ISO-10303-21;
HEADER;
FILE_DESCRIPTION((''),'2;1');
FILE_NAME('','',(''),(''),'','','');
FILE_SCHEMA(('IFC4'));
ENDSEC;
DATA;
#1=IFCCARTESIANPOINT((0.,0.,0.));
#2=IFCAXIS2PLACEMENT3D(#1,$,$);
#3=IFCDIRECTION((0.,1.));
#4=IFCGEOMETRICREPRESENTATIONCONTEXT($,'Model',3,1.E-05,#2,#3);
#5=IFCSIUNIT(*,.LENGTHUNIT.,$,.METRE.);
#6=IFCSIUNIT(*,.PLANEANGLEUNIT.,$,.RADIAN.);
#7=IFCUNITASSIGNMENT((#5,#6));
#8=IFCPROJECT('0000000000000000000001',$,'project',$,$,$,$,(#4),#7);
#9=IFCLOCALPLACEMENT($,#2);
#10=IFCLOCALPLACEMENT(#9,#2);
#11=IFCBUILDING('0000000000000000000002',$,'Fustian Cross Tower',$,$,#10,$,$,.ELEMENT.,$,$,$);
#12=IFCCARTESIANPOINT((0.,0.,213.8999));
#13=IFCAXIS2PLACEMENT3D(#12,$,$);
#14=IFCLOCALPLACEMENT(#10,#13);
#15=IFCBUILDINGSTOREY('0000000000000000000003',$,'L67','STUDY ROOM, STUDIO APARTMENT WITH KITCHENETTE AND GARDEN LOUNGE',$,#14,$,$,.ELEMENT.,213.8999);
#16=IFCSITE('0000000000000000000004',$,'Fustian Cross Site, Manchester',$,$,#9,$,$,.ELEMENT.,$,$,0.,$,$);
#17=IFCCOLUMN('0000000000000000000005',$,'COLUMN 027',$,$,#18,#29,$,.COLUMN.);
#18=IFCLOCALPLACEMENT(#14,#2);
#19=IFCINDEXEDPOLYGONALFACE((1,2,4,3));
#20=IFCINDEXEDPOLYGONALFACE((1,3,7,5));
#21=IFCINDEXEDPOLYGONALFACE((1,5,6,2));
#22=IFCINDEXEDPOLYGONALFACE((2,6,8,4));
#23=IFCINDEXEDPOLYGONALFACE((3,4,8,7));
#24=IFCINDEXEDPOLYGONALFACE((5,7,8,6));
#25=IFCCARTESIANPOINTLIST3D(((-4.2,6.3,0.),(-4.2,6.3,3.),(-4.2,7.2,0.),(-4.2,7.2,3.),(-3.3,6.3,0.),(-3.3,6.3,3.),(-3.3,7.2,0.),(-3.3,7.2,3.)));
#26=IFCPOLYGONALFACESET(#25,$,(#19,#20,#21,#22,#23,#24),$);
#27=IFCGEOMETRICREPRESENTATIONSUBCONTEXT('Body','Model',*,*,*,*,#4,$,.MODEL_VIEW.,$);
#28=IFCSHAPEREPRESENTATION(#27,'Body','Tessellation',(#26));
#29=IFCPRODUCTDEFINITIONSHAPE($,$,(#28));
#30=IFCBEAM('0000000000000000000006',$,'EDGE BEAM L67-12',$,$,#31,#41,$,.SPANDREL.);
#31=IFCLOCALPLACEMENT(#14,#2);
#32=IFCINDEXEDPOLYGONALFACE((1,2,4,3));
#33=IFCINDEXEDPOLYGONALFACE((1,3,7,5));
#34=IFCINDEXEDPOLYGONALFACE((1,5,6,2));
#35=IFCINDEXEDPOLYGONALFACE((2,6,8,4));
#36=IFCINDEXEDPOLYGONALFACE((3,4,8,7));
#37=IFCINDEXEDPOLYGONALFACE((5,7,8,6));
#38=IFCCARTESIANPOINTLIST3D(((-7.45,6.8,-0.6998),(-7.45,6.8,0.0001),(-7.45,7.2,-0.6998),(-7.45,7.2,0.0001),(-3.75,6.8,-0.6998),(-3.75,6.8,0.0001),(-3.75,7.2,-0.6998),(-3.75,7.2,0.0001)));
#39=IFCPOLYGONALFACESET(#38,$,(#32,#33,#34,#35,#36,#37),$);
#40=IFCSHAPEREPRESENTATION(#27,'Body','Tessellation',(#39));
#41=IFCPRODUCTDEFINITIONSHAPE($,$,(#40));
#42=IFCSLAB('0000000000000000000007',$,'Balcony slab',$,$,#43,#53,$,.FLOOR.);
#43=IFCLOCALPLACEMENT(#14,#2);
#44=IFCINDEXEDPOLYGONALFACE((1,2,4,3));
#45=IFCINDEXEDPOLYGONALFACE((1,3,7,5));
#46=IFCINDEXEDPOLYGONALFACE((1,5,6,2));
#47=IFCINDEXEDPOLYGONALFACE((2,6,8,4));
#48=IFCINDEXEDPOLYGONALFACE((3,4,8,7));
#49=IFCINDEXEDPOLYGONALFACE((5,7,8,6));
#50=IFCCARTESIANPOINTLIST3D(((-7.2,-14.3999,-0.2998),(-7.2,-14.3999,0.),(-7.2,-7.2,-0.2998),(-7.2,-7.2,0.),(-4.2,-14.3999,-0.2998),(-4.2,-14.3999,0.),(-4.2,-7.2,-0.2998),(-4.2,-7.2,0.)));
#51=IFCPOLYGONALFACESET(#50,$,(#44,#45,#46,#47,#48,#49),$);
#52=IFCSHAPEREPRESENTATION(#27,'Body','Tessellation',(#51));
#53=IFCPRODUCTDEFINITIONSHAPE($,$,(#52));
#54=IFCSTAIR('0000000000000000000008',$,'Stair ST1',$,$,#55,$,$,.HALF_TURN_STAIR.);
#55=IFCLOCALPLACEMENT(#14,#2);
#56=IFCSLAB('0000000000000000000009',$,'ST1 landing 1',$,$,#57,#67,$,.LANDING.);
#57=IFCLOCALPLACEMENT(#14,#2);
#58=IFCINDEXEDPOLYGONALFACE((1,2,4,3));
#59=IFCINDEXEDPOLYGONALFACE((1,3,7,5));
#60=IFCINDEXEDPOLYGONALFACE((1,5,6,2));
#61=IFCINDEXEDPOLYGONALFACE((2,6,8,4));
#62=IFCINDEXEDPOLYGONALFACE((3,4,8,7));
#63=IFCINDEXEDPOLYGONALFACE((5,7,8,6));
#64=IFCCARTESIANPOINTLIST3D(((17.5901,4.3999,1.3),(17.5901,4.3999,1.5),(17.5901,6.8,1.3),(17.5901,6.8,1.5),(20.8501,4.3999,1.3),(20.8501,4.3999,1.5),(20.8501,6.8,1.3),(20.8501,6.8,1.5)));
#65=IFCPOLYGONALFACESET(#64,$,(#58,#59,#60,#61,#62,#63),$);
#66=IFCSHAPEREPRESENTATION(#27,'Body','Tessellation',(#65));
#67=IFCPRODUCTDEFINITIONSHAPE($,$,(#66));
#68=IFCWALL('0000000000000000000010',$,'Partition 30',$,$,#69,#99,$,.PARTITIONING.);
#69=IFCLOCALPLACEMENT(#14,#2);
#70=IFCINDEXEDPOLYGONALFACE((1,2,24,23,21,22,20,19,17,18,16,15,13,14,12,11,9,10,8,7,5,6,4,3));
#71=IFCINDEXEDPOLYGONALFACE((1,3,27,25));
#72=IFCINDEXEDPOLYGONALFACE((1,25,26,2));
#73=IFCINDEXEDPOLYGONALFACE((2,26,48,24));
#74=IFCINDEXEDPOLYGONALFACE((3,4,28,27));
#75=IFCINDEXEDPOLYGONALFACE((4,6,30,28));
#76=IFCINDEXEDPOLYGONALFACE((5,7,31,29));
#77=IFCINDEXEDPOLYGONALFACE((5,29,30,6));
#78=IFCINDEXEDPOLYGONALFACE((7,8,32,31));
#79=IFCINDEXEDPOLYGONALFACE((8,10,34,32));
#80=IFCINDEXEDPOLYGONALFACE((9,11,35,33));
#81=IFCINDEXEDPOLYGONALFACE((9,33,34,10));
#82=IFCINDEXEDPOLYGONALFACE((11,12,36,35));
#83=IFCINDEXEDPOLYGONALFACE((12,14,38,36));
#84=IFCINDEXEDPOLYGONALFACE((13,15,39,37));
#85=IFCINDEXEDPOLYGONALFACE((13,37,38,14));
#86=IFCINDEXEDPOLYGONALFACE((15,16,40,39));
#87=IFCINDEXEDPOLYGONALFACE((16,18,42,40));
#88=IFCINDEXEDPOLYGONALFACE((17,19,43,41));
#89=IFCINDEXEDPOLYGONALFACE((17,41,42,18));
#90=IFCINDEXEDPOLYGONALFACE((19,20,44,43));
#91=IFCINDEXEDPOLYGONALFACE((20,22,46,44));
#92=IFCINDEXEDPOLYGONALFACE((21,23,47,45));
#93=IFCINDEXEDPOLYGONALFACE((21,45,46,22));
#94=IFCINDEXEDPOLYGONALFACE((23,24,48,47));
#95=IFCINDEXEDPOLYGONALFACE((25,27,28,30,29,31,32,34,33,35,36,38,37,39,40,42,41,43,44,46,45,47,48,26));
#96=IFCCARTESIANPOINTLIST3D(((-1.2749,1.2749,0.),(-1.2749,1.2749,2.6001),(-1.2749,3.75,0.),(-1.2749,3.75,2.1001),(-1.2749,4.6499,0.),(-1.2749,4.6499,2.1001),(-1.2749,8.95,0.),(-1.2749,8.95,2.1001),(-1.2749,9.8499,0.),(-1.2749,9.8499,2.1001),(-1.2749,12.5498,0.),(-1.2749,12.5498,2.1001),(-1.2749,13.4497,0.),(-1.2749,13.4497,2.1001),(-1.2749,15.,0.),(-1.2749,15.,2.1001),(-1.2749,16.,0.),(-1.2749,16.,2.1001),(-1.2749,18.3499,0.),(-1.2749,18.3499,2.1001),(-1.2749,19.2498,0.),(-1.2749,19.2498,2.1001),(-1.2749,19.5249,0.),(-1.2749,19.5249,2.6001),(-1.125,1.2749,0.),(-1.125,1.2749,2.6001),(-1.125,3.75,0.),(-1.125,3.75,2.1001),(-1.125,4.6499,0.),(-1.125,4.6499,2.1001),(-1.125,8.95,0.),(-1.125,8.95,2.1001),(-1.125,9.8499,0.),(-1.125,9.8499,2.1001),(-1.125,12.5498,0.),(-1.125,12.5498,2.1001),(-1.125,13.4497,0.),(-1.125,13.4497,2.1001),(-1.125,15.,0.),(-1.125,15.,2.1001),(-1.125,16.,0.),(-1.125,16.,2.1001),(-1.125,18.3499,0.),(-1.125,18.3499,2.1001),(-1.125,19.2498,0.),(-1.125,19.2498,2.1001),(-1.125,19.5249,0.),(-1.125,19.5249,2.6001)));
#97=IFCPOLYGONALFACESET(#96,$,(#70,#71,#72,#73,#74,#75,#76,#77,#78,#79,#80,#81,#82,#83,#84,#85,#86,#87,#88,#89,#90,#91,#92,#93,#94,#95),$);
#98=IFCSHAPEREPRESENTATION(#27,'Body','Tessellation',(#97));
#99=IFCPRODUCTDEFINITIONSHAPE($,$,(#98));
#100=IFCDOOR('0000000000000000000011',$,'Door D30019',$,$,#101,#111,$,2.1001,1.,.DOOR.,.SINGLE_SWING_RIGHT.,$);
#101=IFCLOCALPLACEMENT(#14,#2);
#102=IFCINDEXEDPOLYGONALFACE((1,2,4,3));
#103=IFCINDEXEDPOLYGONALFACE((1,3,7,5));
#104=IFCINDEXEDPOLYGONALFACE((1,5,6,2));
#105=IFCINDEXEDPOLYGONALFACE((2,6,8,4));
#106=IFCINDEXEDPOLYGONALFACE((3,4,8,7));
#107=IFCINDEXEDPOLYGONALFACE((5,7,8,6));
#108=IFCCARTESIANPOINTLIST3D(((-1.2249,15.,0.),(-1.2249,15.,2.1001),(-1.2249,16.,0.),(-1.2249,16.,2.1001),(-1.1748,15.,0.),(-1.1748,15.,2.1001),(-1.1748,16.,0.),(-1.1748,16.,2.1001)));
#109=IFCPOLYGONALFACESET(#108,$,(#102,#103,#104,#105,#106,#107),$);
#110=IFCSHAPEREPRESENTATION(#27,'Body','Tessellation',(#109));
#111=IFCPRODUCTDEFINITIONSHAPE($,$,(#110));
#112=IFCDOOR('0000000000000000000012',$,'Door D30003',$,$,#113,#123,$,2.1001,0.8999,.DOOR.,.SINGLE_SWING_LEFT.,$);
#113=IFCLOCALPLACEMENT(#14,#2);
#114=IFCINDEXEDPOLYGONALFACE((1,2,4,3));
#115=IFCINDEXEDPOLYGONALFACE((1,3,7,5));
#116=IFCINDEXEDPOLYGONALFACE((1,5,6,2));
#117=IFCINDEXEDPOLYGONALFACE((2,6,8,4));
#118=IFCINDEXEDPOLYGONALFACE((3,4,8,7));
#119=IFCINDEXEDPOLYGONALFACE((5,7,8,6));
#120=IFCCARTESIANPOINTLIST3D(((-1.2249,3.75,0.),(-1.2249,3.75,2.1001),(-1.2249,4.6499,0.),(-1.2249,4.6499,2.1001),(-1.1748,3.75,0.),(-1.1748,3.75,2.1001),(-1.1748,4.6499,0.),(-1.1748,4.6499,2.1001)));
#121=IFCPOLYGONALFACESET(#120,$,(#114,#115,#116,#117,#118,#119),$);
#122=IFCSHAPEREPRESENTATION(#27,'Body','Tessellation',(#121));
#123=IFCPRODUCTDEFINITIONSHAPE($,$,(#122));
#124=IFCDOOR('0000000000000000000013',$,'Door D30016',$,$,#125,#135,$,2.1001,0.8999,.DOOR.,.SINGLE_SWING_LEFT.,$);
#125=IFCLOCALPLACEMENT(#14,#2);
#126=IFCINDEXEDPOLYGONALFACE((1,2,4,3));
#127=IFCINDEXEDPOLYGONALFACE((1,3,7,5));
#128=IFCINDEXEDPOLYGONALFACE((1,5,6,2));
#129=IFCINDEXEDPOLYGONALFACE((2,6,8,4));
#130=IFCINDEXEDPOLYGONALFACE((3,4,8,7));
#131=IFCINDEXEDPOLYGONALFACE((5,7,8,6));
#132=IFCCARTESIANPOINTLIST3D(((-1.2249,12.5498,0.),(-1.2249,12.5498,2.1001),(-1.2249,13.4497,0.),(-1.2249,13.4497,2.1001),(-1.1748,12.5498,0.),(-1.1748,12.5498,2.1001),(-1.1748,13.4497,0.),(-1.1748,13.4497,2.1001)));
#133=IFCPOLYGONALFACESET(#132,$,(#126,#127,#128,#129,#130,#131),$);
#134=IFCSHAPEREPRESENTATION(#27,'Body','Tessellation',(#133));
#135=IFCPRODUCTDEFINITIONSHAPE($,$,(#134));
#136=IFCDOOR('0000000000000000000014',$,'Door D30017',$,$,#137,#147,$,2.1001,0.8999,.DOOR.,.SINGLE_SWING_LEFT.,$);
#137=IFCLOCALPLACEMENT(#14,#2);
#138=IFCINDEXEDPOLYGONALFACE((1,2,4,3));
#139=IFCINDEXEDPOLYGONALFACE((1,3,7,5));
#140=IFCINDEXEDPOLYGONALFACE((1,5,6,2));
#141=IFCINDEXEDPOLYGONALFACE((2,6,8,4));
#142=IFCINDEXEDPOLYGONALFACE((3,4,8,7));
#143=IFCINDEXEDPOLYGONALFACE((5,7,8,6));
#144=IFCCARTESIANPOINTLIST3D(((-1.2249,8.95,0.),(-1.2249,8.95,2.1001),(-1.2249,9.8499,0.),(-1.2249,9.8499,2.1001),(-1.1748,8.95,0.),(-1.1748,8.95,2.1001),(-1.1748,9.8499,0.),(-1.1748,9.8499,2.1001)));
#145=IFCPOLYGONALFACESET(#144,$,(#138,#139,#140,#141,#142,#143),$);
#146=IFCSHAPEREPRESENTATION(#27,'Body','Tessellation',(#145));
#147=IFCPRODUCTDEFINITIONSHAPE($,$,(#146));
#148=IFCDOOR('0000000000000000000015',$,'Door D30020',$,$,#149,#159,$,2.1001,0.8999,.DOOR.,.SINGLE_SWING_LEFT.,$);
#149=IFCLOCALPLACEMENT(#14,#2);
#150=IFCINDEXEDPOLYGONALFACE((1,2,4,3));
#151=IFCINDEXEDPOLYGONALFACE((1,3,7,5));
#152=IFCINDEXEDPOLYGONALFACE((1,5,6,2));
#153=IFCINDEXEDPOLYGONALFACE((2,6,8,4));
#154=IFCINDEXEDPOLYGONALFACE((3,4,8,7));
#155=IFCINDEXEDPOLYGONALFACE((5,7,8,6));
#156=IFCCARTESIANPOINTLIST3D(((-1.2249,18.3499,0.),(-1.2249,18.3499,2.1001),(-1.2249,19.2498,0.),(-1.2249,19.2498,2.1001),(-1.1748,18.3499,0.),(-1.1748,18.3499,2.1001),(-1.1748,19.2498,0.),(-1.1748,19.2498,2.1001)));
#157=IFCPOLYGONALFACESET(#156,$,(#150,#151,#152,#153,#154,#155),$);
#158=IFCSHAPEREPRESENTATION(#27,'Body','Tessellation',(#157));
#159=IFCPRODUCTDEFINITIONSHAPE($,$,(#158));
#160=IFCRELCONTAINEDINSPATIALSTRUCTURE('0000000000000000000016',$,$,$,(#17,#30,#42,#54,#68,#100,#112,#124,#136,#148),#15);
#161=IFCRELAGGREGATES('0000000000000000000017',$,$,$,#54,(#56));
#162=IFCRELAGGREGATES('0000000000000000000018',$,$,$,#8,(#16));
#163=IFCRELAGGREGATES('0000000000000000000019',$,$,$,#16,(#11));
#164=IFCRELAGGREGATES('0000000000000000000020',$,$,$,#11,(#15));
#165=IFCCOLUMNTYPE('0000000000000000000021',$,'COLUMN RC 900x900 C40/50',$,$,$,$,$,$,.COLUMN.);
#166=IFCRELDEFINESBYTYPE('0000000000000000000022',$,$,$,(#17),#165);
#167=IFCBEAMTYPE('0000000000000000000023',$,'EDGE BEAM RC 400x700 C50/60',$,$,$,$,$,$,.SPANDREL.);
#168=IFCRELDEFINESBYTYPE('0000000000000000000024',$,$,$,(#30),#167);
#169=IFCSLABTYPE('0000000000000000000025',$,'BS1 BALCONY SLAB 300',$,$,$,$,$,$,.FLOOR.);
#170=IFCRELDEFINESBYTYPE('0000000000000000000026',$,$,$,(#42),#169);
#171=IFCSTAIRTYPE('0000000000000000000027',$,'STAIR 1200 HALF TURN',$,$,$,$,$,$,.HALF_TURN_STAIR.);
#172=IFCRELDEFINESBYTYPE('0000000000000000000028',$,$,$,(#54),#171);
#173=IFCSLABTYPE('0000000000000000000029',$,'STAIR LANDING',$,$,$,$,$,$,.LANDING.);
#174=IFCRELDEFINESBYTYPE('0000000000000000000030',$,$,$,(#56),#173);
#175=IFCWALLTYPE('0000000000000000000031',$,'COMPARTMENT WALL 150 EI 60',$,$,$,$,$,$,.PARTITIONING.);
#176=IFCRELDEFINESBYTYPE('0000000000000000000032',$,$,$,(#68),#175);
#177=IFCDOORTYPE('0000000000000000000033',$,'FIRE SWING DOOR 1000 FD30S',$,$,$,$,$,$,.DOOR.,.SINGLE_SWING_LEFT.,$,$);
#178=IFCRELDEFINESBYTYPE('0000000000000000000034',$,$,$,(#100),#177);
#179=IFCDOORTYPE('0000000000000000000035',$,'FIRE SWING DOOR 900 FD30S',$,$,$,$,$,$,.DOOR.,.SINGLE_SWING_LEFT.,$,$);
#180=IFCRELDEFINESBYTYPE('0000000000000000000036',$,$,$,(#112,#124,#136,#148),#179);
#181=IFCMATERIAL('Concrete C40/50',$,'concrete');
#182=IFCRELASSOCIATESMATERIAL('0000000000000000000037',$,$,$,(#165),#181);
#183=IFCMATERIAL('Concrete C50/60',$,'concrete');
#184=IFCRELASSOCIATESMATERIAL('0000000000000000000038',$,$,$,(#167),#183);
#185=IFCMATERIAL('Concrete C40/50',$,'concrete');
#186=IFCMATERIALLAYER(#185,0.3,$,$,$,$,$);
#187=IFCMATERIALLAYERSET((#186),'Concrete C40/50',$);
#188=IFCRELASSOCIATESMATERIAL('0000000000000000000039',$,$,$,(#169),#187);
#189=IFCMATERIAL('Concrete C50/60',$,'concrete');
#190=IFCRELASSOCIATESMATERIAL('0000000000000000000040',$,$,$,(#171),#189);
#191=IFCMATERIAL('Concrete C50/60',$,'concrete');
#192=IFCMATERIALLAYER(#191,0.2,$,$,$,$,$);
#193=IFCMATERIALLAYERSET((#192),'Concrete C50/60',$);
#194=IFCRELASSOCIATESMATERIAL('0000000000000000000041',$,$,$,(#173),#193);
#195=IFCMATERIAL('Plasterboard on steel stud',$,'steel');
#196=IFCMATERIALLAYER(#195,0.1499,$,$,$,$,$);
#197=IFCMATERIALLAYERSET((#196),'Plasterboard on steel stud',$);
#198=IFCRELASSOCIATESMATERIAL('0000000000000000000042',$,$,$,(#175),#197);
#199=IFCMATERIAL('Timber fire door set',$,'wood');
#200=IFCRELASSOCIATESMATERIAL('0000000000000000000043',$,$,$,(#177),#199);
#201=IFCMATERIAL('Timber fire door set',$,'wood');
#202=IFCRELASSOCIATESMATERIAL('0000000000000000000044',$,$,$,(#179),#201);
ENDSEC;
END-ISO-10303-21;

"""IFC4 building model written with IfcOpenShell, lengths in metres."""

from ifc_helpers import new_model, si_unit, direction, frame, frame_2d, origin, origin_2d, place, context, subcontext, project, spatial, polyline, rectangle, outline, extrude, material, layer, layer_set, material_profile, profile_set, type_object, element, fill, aggregate, save


model = new_model("IFC4")

# Units and contexts
model_context = context("Model", 3, precision=1e-05, world=origin(), true_north=direction((0.0, 1.0)))
body_context = subcontext(model_context, "Body", "Model", "MODEL_VIEW")
ifc_project = project(units=[si_unit("LENGTHUNIT", "METRE"), si_unit("PLANEANGLEUNIT", "RADIAN")], contexts=[model_context])

# Site, building, storey
site_placement = place(None, origin())
site = spatial("IfcSite", under=ifc_project, at=site_placement, Name="Fustian Cross Site, Manchester", CompositionType="ELEMENT", RefElevation=0.0)
building_placement = place(site_placement, origin())
building = spatial("IfcBuilding", under=site, at=building_placement, Name="Fustian Cross Tower", CompositionType="ELEMENT")
storey_placement = place(building_placement, frame((0.0, 0.0, 213.8999)))
storey = spatial("IfcBuildingStorey", under=building, at=storey_placement, Name="L67", Description="STUDY ROOM, STUDIO APARTMENT WITH KITCHENETTE AND GARDEN LOUNGE", CompositionType="ELEMENT", Elevation=213.8999)

# Column
ifc_material_1 = material(Name="Concrete C40/50", Category="concrete")
ifc_material_profile_1 = material_profile(ifc_material_1, rectangle(XDim=0.8999, YDim=0.8999, at=origin_2d()), Name="RC 900x900")
ifc_profile_set_1 = profile_set([ifc_material_profile_1], Name="Concrete C40/50")
column_type = type_object("IfcColumnType", Name="COLUMN RC 900x900 C40/50", PredefinedType="COLUMN", material=ifc_profile_set_1)
column_placement = place(storey_placement, frame((-3.75, 6.75, 0.0), z_axis=(0.0, 0.0, 1.0), x_axis=(1.0, 0.0, 0.0)))
element("IfcColumn", 1, at=column_placement, inside=storey, type_object=column_type, Name="COLUMN 027", PredefinedType="COLUMN", context=body_context, shape_type="SweptSolid", body=[
    extrude(rectangle(XDim=0.8999, YDim=0.8999, at=origin_2d()), origin(), (0.0, 0.0, 1.0), 3.0),
])

# Beam
ifc_material_2 = material(Name="Concrete C50/60", Category="concrete")
ifc_material_profile_2 = material_profile(ifc_material_2, rectangle(XDim=0.3999, YDim=0.7, at=origin_2d()), Name="RC 400x700")
ifc_profile_set_2 = profile_set([ifc_material_profile_2], Name="Concrete C50/60")
beam_type = type_object("IfcBeamType", Name="EDGE BEAM RC 400x700 C50/60", PredefinedType="SPANDREL", material=ifc_profile_set_2)
beam_placement = place(storey_placement, frame((-3.75, 7.0, -0.3499), z_axis=(-1.0, 0.0, 0.0), x_axis=(0.0, -1.0, 0.0)))
element("IfcBeam", 2, at=beam_placement, inside=storey, type_object=beam_type, Name="EDGE BEAM L67-12", PredefinedType="SPANDREL", context=body_context, shape_type="SweptSolid", body=[
    extrude(rectangle(XDim=0.3999, YDim=0.7, at=origin_2d()), origin(), (0.0, 0.0, 1.0), 3.7),
])

# Slab
ifc_material_3 = material(Name="Concrete C40/50", Category="concrete")
ifc_layer_1 = layer(ifc_material_3, 0.3)
ifc_layer_set_1 = layer_set([ifc_layer_1], Name="Concrete C40/50")
slab_type_1 = type_object("IfcSlabType", Name="BS1 BALCONY SLAB 300", PredefinedType="FLOOR", material=ifc_layer_set_1)
slab_1_placement = place(storey_placement, frame((0.0, 0.0, -0.2998)))
element("IfcSlab", 3, at=slab_1_placement, inside=storey, type_object=slab_type_1, Name="Balcony slab", PredefinedType="FLOOR", context=body_context, shape_type="SweptSolid", body=[
    extrude(outline(polyline([(-7.2, -14.3999), (-4.2, -14.3999), (-4.2, -7.2), (-7.2, -7.2), (-7.2, -14.3999)])), origin(), (0.0, 0.0, 1.0), 0.2998),
])

# Stair, slab
ifc_material_4 = material(Name="Concrete C50/60", Category="concrete")
stair_type = type_object("IfcStairType", Name="STAIR 1200 HALF TURN", PredefinedType="HALF_TURN_STAIR", material=ifc_material_4)
stair_placement = place(storey_placement, origin())
stair = element("IfcStair", 4, at=stair_placement, inside=storey, type_object=stair_type, Name="Stair ST1", PredefinedType="HALF_TURN_STAIR")
ifc_material_5 = material(Name="Concrete C50/60", Category="concrete")
ifc_layer_2 = layer(ifc_material_5, 0.2)
ifc_layer_set_2 = layer_set([ifc_layer_2], Name="Concrete C50/60")
slab_type_2 = type_object("IfcSlabType", Name="STAIR LANDING", PredefinedType="LANDING", material=ifc_layer_set_2)
slab_2_placement = place(storey_placement, frame((0.0, 0.0, 1.3)))
slab_2 = element("IfcSlab", 5, at=slab_2_placement, type_object=slab_type_2, Name="ST1 landing 1", PredefinedType="LANDING", context=body_context, shape_type="SweptSolid", body=[
    extrude(outline(polyline([(17.5901, 4.3999), (20.8501, 4.3999), (20.8501, 6.8), (17.5901, 6.8), (17.5901, 4.3999)])), origin(), (0.0, 0.0, 1.0), 0.2),
])
aggregate(stair, [slab_2])

# Wall, openings, doors
ifc_material_6 = material(Name="Plasterboard on steel stud", Category="steel")
ifc_layer_3 = layer(ifc_material_6, 0.1499)
ifc_layer_set_3 = layer_set([ifc_layer_3], Name="Plasterboard on steel stud")
wall_type_1 = type_object("IfcWallType", Name="COMPARTMENT WALL 150 EI 60", PredefinedType="PARTITIONING", material=ifc_layer_set_3)
wall_1_placement = place(storey_placement, frame((-1.2, 1.2749, 0.0), z_axis=(0.0, 0.0, 1.0), x_axis=(0.0, 1.0, 0.0)))
wall_1 = element("IfcWall", 6, at=wall_1_placement, inside=storey, type_object=wall_type_1, Name="Partition 30", PredefinedType="PARTITIONING", context=body_context, shape_type="SweptSolid", body=[
    extrude(rectangle(XDim=18.25, YDim=0.1499, at=frame_2d((9.125, 0.0))), origin(), (0.0, 0.0, 1.0), 2.6001),
])
opening_1_placement = place(wall_1_placement, frame((2.4751, 0.0, 0.0)))
opening_1 = element("IfcOpeningElement", 7, at=opening_1_placement, cuts=wall_1, PredefinedType="OPENING", context=body_context, shape_type="SweptSolid", body=[
    extrude(rectangle(XDim=0.8999, YDim=2.1001, at=frame_2d((0.45, 1.05))), frame((0.0, 0.085, 0.0), z_axis=(0.0, -1.0, 0.0), x_axis=(1.0, 0.0, 0.0)), (0.0, 0.0, 1.0), 0.1699),
])
opening_2_placement = place(wall_1_placement, frame((11.2749, 0.0, 0.0)))
opening_2 = element("IfcOpeningElement", 8, at=opening_2_placement, cuts=wall_1, PredefinedType="OPENING", context=body_context, shape_type="SweptSolid", body=[
    extrude(rectangle(XDim=0.8999, YDim=2.1001, at=frame_2d((0.45, 1.05))), frame((0.0, 0.085, 0.0), z_axis=(0.0, -1.0, 0.0), x_axis=(1.0, 0.0, 0.0)), (0.0, 0.0, 1.0), 0.1699),
])
opening_3_placement = place(wall_1_placement, frame((7.675, 0.0, 0.0)))
opening_3 = element("IfcOpeningElement", 9, at=opening_3_placement, cuts=wall_1, PredefinedType="OPENING", context=body_context, shape_type="SweptSolid", body=[
    extrude(rectangle(XDim=0.8999, YDim=2.1001, at=frame_2d((0.45, 1.05))), frame((0.0, 0.085, 0.0), z_axis=(0.0, -1.0, 0.0), x_axis=(1.0, 0.0, 0.0)), (0.0, 0.0, 1.0), 0.1699),
])
opening_4_placement = place(wall_1_placement, frame((13.7251, 0.0, 0.0)))
opening_4 = element("IfcOpeningElement", 10, at=opening_4_placement, cuts=wall_1, PredefinedType="OPENING", context=body_context, shape_type="SweptSolid", body=[
    extrude(rectangle(XDim=1.0, YDim=2.1001, at=frame_2d((0.5, 1.05))), frame((0.0, 0.085, 0.0), z_axis=(0.0, -1.0, 0.0), x_axis=(1.0, 0.0, 0.0)), (0.0, 0.0, 1.0), 0.1699),
])
opening_5_placement = place(wall_1_placement, frame((17.075, 0.0, 0.0)))
opening_5 = element("IfcOpeningElement", 11, at=opening_5_placement, cuts=wall_1, PredefinedType="OPENING", context=body_context, shape_type="SweptSolid", body=[
    extrude(rectangle(XDim=0.8999, YDim=2.1001, at=frame_2d((0.45, 1.05))), frame((0.0, 0.085, 0.0), z_axis=(0.0, -1.0, 0.0), x_axis=(1.0, 0.0, 0.0)), (0.0, 0.0, 1.0), 0.1699),
])
ifc_material_7 = material(Name="Timber fire door set", Category="wood")
door_type_1 = type_object("IfcDoorType", Name="FIRE SWING DOOR 1000 FD30S", OperationType="SINGLE_SWING_LEFT", PredefinedType="DOOR", material=ifc_material_7)
door_1_placement = place(opening_4_placement, origin())
door_1 = element("IfcDoor", 12, at=door_1_placement, inside=storey, type_object=door_type_1, Name="Door D30019", OperationType="SINGLE_SWING_RIGHT", OverallHeight=2.1001, OverallWidth=1.0, PredefinedType="DOOR", context=body_context, shape_type="SweptSolid", body=[
    extrude(rectangle(XDim=1.0, YDim=2.1001, at=frame_2d((0.5, 1.05))), frame((0.0, 0.0249, 0.0), z_axis=(0.0, -1.0, 0.0), x_axis=(1.0, 0.0, 0.0)), (0.0, 0.0, 1.0), 0.05),
])
fill(opening_4, door_1)
ifc_material_8 = material(Name="Timber fire door set", Category="wood")
door_type_2 = type_object("IfcDoorType", Name="FIRE SWING DOOR 900 FD30S", OperationType="SINGLE_SWING_LEFT", PredefinedType="DOOR", material=ifc_material_8)
door_2_placement = place(opening_1_placement, origin())
door_2 = element("IfcDoor", 13, at=door_2_placement, inside=storey, type_object=door_type_2, Name="Door D30003", OperationType="SINGLE_SWING_LEFT", OverallHeight=2.1001, OverallWidth=0.8999, PredefinedType="DOOR", context=body_context, shape_type="SweptSolid", body=[
    extrude(rectangle(XDim=0.8999, YDim=2.1001, at=frame_2d((0.45, 1.05))), frame((0.0, 0.0249, 0.0), z_axis=(0.0, -1.0, 0.0), x_axis=(1.0, 0.0, 0.0)), (0.0, 0.0, 1.0), 0.05),
])
fill(opening_1, door_2)
door_3_placement = place(opening_2_placement, origin())
door_3 = element("IfcDoor", 14, at=door_3_placement, inside=storey, type_object=door_type_2, Name="Door D30016", OperationType="SINGLE_SWING_LEFT", OverallHeight=2.1001, OverallWidth=0.8999, PredefinedType="DOOR", context=body_context, shape_type="SweptSolid", body=[
    extrude(rectangle(XDim=0.8999, YDim=2.1001, at=frame_2d((0.45, 1.05))), frame((0.0, 0.0249, 0.0), z_axis=(0.0, -1.0, 0.0), x_axis=(1.0, 0.0, 0.0)), (0.0, 0.0, 1.0), 0.05),
])
fill(opening_2, door_3)
door_4_placement = place(opening_3_placement, origin())
door_4 = element("IfcDoor", 15, at=door_4_placement, inside=storey, type_object=door_type_2, Name="Door D30017", OperationType="SINGLE_SWING_LEFT", OverallHeight=2.1001, OverallWidth=0.8999, PredefinedType="DOOR", context=body_context, shape_type="SweptSolid", body=[
    extrude(rectangle(XDim=0.8999, YDim=2.1001, at=frame_2d((0.45, 1.05))), frame((0.0, 0.0249, 0.0), z_axis=(0.0, -1.0, 0.0), x_axis=(1.0, 0.0, 0.0)), (0.0, 0.0, 1.0), 0.05),
])
fill(opening_3, door_4)
door_5_placement = place(opening_5_placement, origin())
door_5 = element("IfcDoor", 16, at=door_5_placement, inside=storey, type_object=door_type_2, Name="Door D30020", OperationType="SINGLE_SWING_LEFT", OverallHeight=2.1001, OverallWidth=0.8999, PredefinedType="DOOR", context=body_context, shape_type="SweptSolid", body=[
    extrude(rectangle(XDim=0.8999, YDim=2.1001, at=frame_2d((0.45, 1.05))), frame((0.0, 0.0249, 0.0), z_axis=(0.0, -1.0, 0.0), x_axis=(1.0, 0.0, 0.0)), (0.0, 0.0, 1.0), 0.05),
])
fill(opening_5, door_5)

save(model, "model.ifc")
